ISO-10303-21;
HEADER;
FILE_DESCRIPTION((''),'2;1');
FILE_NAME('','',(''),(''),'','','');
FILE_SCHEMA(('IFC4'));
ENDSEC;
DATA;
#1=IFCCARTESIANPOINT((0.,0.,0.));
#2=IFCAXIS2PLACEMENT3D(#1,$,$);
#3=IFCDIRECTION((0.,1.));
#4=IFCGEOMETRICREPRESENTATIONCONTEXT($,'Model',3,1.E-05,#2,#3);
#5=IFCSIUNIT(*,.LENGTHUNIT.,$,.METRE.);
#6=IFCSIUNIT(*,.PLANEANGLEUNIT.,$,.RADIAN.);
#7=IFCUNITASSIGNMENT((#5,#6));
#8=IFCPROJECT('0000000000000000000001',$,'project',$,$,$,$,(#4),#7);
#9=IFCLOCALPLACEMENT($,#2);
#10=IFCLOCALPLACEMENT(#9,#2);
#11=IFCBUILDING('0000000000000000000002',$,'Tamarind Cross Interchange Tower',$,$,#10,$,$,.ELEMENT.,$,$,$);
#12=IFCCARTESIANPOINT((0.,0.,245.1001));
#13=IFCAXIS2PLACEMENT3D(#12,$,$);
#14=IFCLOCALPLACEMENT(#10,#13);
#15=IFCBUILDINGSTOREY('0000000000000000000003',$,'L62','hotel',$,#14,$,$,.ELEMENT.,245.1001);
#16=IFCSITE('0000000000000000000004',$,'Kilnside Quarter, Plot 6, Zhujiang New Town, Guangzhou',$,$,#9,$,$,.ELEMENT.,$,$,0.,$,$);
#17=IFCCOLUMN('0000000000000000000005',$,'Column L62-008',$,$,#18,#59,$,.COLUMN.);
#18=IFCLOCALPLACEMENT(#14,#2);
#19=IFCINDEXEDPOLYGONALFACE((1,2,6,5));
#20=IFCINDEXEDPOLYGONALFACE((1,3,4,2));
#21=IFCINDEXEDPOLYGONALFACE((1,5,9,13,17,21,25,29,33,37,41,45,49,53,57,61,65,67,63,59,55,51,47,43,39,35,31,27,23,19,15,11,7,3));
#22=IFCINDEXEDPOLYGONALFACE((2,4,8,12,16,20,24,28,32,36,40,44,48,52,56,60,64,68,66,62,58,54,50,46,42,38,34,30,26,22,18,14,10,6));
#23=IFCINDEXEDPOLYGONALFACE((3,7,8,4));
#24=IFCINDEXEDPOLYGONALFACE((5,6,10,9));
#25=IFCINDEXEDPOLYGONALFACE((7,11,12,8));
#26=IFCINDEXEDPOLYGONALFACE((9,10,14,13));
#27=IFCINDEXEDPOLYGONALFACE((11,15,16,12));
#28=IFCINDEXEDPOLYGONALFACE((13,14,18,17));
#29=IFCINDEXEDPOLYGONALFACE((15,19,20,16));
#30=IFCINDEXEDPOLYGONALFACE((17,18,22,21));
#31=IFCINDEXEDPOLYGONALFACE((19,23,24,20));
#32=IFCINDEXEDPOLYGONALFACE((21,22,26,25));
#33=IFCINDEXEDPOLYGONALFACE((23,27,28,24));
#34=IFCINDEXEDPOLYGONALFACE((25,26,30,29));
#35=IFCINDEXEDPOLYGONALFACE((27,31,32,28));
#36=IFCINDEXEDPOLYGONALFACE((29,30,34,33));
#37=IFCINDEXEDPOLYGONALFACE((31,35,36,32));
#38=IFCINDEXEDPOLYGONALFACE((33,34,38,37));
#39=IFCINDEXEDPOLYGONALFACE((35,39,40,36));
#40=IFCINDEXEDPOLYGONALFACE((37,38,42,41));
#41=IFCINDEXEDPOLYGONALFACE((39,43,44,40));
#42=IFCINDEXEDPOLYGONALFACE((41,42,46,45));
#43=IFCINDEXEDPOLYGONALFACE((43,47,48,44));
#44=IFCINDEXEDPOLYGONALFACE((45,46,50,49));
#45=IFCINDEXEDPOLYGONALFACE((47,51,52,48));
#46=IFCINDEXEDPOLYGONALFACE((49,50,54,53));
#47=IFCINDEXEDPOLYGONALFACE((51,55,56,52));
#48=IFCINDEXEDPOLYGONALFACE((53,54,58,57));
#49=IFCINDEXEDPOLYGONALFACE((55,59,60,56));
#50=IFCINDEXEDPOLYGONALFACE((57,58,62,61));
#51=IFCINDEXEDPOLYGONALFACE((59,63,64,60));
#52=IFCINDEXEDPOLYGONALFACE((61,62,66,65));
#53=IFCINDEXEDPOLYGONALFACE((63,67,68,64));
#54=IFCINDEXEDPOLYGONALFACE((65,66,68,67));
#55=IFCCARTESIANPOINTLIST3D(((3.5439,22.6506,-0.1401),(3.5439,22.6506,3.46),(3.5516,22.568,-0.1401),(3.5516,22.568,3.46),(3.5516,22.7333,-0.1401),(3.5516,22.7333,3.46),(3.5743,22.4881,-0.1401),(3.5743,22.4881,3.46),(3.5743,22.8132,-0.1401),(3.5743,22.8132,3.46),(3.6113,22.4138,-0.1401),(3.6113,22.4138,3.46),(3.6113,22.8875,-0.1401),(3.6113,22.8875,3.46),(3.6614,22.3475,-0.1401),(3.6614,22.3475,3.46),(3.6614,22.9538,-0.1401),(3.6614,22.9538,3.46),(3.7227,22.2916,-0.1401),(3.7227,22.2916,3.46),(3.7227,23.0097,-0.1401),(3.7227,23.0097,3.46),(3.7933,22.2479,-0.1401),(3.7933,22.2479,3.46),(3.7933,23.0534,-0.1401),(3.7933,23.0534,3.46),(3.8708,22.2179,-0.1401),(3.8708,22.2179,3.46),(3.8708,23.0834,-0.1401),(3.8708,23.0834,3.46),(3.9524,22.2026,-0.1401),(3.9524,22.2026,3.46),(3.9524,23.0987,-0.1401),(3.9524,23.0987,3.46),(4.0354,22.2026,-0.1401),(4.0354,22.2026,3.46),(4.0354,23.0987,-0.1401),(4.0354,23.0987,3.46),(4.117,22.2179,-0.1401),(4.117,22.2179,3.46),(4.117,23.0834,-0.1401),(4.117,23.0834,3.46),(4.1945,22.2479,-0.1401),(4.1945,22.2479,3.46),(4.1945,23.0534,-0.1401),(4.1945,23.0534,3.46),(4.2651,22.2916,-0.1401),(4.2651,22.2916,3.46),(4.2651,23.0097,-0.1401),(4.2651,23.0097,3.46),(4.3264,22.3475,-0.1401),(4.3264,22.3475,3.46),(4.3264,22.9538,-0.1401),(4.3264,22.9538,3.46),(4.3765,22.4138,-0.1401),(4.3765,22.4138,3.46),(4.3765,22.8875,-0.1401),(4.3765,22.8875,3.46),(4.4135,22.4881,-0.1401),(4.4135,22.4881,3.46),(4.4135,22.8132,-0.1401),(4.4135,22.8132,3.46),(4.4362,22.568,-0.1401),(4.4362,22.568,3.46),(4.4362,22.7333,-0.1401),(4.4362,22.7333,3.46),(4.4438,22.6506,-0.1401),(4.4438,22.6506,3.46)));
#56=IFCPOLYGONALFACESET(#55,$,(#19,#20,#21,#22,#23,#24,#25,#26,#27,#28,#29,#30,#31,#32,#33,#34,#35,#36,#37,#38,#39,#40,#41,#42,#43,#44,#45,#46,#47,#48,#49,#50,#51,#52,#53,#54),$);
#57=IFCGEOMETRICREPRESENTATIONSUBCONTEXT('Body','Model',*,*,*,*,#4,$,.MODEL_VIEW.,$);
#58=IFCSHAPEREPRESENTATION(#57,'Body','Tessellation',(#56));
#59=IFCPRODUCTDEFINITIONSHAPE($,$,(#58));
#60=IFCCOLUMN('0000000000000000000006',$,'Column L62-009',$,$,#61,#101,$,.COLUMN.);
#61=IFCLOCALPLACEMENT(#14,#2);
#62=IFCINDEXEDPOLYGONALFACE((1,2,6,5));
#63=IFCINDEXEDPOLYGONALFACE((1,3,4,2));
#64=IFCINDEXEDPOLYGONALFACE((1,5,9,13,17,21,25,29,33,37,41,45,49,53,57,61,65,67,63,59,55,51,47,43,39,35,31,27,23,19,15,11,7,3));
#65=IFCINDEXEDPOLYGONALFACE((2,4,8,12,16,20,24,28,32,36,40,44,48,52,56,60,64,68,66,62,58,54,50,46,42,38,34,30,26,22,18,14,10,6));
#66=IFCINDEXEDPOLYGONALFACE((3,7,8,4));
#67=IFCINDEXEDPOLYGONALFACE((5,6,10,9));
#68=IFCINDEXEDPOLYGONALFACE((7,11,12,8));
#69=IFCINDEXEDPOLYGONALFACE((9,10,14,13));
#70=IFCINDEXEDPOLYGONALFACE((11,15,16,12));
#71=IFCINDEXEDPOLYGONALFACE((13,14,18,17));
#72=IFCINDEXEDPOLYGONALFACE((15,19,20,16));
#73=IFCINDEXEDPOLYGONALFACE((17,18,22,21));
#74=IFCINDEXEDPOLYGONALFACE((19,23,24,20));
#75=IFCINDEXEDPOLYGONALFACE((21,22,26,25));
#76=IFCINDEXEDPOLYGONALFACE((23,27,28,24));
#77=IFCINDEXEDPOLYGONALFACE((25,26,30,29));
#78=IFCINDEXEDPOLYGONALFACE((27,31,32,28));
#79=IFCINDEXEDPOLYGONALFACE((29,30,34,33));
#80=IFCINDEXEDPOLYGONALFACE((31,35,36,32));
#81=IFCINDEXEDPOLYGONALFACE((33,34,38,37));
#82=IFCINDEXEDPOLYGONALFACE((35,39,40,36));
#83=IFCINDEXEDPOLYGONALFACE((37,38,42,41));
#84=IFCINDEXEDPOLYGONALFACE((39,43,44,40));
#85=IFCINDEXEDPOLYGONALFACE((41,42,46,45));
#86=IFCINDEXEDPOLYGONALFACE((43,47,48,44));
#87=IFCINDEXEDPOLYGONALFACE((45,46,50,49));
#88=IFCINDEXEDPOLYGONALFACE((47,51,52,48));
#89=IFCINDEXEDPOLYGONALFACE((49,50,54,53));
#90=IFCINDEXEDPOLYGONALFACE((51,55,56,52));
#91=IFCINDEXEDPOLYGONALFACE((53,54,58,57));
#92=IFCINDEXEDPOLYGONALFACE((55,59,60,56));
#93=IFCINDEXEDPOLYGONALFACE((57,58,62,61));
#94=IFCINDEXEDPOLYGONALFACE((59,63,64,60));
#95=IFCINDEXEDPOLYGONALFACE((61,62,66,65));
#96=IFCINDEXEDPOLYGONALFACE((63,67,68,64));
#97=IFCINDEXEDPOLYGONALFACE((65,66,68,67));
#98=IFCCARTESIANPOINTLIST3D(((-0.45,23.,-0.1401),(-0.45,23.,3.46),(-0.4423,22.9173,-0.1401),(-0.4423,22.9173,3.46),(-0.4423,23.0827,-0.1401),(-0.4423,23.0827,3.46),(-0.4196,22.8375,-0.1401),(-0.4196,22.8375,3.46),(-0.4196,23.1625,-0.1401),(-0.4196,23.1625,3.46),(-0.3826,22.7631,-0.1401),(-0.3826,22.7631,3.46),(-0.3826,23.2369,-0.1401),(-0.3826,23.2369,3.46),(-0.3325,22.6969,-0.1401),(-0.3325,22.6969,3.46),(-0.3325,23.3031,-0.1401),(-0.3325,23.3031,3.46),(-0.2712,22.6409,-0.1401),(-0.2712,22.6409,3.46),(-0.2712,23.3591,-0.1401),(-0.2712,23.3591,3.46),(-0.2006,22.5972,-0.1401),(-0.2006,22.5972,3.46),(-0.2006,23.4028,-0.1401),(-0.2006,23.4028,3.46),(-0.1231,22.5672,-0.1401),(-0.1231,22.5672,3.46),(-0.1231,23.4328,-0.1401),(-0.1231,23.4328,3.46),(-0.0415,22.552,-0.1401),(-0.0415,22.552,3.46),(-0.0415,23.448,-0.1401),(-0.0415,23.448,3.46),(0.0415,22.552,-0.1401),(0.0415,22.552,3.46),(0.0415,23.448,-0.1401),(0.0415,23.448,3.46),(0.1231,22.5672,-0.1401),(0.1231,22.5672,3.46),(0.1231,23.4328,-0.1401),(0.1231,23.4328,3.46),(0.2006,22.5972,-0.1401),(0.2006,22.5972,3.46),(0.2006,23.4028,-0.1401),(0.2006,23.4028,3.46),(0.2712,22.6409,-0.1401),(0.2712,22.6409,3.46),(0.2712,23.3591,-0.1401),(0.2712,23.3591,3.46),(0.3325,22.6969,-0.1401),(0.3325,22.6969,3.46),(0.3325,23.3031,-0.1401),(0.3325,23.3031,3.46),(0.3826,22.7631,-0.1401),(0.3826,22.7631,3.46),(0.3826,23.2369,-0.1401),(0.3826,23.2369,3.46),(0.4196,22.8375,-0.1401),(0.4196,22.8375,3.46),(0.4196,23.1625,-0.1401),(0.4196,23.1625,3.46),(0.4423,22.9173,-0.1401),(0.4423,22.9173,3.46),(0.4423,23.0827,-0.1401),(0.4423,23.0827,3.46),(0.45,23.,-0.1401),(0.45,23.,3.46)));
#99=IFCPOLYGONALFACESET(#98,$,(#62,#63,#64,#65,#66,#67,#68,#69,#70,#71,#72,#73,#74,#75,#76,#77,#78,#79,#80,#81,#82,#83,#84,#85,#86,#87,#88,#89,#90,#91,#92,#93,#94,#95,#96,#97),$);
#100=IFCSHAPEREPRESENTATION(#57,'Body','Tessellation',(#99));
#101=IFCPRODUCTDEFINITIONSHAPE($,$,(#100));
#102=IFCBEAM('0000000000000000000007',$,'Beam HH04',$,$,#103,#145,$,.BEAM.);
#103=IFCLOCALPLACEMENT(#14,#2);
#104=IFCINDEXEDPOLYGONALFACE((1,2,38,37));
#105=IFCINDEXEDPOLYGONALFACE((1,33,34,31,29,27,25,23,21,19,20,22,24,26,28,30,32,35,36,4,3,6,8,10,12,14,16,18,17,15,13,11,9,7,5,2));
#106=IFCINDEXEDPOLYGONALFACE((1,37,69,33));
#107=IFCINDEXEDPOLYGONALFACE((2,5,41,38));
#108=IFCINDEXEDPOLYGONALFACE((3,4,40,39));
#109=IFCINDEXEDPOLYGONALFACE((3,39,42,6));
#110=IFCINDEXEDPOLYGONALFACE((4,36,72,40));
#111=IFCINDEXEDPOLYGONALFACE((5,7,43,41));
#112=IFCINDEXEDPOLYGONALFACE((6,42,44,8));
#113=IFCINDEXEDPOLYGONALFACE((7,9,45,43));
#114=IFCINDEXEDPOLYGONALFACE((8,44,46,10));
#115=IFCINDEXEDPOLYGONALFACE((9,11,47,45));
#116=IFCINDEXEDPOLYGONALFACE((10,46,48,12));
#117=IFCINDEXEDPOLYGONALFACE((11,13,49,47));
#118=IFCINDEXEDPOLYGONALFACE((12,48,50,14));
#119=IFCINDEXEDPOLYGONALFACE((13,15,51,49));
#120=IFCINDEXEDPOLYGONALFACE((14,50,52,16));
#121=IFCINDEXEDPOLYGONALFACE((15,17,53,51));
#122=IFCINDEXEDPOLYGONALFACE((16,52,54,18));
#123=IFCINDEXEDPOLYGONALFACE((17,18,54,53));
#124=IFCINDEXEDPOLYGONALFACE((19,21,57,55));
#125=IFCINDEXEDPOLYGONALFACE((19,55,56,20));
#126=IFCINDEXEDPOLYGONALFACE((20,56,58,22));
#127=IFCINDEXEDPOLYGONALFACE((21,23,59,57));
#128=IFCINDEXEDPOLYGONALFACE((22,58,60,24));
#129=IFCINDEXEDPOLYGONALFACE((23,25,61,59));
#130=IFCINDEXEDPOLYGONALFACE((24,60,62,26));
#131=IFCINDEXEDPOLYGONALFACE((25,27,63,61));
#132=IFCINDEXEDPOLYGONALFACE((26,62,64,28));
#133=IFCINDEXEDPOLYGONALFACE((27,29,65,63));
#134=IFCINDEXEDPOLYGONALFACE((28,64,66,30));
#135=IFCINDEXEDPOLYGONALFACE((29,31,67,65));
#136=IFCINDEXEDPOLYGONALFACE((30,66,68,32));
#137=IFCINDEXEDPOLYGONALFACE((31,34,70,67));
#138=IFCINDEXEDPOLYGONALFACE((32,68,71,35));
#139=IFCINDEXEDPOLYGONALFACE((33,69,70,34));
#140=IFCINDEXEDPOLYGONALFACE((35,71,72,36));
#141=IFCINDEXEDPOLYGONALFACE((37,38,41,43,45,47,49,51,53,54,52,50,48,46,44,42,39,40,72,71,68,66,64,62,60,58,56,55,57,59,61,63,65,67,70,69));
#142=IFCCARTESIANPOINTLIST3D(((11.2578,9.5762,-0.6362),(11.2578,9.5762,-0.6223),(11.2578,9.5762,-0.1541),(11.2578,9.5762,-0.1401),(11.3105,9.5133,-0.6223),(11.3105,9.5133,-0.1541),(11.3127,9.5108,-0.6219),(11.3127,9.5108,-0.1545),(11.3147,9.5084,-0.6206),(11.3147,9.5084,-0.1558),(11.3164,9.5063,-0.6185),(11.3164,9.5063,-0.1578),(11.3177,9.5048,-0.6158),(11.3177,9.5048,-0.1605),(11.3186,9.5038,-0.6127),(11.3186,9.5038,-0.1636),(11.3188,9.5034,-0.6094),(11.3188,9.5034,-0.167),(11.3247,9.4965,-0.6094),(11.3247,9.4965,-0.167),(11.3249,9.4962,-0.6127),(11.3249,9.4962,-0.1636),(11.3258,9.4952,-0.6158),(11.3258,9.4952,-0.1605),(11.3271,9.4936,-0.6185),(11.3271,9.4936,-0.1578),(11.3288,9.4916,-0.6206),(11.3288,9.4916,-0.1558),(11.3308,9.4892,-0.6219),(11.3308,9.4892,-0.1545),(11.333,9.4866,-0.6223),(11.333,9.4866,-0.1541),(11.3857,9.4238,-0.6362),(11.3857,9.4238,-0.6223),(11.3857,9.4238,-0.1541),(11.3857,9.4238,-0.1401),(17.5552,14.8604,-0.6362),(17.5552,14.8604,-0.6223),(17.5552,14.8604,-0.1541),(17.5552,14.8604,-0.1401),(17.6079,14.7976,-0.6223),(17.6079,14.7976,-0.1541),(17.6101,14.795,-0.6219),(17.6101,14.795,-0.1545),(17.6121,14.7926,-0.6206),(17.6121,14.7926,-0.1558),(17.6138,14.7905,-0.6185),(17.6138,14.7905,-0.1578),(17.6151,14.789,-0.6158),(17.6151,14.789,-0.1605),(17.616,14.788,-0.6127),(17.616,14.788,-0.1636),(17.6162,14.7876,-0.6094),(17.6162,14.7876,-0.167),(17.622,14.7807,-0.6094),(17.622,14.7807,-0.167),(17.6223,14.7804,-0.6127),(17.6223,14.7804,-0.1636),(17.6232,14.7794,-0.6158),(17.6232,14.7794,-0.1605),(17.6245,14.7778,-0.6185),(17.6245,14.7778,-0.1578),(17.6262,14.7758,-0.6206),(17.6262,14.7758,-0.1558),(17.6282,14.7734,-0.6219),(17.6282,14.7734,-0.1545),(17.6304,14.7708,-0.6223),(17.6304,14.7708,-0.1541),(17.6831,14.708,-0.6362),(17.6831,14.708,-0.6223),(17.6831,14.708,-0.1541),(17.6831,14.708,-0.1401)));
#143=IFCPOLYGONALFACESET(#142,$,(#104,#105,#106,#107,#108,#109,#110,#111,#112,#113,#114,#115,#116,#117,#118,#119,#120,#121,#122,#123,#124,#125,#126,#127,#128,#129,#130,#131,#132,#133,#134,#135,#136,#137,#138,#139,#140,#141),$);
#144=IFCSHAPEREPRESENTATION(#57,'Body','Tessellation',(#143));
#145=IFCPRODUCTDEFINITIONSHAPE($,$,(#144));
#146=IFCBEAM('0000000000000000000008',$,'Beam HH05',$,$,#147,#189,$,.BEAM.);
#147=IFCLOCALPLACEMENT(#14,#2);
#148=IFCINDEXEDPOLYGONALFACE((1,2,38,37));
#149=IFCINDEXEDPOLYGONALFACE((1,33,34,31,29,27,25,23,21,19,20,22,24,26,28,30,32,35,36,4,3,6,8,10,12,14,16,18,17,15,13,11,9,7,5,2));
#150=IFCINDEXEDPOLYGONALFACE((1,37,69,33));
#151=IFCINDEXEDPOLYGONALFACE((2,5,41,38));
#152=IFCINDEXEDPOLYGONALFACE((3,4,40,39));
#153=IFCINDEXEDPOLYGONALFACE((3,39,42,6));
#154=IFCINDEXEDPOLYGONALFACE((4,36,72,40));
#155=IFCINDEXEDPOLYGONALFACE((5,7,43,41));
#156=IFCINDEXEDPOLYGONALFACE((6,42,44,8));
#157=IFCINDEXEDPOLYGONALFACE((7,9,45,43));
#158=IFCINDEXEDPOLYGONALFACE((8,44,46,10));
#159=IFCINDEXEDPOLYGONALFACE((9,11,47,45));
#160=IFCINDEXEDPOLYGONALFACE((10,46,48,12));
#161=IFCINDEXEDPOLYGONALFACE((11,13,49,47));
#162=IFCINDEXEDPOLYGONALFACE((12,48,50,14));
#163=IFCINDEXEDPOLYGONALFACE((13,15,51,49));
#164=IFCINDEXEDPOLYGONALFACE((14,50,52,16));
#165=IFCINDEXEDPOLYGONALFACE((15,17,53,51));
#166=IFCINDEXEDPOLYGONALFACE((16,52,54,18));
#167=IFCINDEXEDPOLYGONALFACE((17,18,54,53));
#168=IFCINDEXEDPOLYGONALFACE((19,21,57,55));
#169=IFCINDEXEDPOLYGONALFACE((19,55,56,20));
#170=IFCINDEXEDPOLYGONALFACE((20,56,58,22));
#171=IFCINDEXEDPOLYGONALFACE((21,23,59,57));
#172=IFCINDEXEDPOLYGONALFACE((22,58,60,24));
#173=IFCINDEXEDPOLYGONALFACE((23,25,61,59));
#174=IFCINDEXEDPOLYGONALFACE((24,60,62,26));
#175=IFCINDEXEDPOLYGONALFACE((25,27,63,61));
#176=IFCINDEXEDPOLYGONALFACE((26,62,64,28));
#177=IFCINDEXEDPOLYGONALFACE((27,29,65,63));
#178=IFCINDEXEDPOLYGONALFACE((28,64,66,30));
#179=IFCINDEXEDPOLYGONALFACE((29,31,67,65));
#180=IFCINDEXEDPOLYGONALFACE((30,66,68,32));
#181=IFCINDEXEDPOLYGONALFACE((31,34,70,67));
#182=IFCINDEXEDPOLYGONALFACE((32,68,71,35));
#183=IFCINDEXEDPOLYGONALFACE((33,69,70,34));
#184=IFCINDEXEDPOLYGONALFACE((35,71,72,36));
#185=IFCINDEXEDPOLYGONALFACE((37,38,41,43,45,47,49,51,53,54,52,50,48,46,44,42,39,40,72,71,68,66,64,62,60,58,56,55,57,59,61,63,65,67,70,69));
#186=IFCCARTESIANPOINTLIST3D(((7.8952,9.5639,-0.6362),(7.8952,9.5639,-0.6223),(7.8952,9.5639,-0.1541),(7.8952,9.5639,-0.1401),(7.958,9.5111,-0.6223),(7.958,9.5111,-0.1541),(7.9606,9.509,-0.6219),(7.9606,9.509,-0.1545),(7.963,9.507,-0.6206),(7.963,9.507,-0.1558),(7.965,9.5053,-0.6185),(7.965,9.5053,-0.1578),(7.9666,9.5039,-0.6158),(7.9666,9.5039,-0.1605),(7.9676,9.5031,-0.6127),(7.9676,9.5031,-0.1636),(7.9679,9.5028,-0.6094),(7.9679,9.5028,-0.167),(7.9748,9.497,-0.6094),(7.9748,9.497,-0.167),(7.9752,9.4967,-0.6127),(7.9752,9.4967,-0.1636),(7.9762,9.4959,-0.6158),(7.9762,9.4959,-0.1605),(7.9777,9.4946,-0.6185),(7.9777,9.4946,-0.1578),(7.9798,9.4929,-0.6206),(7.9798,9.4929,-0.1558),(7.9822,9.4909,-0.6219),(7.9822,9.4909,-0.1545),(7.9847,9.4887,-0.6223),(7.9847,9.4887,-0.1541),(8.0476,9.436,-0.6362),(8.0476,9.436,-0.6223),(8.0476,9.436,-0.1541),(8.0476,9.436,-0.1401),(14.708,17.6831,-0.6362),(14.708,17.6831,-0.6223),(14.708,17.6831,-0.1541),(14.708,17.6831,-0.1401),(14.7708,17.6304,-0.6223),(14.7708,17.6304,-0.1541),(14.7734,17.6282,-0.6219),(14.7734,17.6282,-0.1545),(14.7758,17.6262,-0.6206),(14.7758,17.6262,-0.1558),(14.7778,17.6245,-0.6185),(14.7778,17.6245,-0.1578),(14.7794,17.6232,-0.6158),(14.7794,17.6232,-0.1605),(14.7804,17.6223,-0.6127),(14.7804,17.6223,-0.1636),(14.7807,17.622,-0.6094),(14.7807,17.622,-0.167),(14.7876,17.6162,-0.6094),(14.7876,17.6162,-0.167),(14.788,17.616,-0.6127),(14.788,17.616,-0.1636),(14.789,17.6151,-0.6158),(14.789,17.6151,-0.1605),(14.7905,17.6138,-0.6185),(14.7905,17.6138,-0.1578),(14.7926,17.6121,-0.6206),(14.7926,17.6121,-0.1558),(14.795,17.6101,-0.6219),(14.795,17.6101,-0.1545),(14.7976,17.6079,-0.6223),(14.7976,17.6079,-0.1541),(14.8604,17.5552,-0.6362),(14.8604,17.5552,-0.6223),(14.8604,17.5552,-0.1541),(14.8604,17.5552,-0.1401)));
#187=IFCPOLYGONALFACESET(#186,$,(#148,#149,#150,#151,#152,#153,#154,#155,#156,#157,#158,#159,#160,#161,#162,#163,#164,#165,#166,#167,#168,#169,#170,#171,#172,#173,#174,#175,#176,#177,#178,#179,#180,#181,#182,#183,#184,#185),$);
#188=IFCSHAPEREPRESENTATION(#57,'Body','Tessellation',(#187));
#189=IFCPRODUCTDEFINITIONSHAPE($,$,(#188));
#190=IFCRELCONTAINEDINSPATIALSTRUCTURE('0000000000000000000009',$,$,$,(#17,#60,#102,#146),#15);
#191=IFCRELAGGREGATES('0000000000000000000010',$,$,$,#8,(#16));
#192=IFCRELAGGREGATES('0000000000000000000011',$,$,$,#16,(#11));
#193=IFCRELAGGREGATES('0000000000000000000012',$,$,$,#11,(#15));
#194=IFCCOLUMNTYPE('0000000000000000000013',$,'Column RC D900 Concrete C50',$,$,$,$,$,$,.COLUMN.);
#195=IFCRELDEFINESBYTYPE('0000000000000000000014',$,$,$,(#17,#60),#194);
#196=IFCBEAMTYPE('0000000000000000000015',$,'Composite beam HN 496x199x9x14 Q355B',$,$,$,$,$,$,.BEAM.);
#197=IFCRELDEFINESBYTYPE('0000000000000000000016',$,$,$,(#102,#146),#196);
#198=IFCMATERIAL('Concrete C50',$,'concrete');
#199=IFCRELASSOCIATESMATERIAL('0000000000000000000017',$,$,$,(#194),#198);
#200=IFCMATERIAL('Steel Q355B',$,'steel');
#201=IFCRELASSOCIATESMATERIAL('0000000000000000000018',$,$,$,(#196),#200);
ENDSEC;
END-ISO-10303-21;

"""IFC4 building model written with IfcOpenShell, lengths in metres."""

from ifc_helpers import new_model, si_unit, direction, frame, origin, origin_2d, place, context, subcontext, project, spatial, circle, i_section, extrude, material, material_profile, profile_set, type_object, element, save


model = new_model("IFC4")

# Units and contexts
model_context = context("Model", 3, precision=1e-05, world=origin(), true_north=direction((0.0, 1.0)))
body_context = subcontext(model_context, "Body", "Model", "MODEL_VIEW")
ifc_project = project(units=[si_unit("LENGTHUNIT", "METRE"), si_unit("PLANEANGLEUNIT", "RADIAN")], contexts=[model_context])

# Site, building, storey
site_placement = place(None, origin())
site = spatial("IfcSite", under=ifc_project, at=site_placement, Name="Kilnside Quarter, Plot 6, Zhujiang New Town, Guangzhou", CompositionType="ELEMENT", RefElevation=0.0)
building_placement = place(site_placement, origin())
building = spatial("IfcBuilding", under=site, at=building_placement, Name="Tamarind Cross Interchange Tower", CompositionType="ELEMENT")
storey_placement = place(building_placement, frame((0.0, 0.0, 245.1001)))
storey = spatial("IfcBuildingStorey", under=building, at=storey_placement, Name="L62", Description="hotel", CompositionType="ELEMENT", Elevation=245.1001)

# Columns
ifc_material_1 = material(Name="Concrete C50", Category="concrete")
ifc_material_profile_1 = material_profile(ifc_material_1, circle(Radius=0.45, at=origin_2d()), Name="RC D900")
ifc_profile_set_1 = profile_set([ifc_material_profile_1], Name="Concrete C50")
column_type = type_object("IfcColumnType", Name="Column RC D900 Concrete C50", PredefinedType="COLUMN", material=ifc_profile_set_1)
for number, where, z_axis, x_axis, name in (
    (1, (3.9939, 22.6506, -0.1401), (0.0, 0.0, 1.0), (1.0, 0.0, 0.0), "Column L62-008"),
    (2, (0.0, 23.0, -0.1401), (0.0, 0.0, 1.0), (1.0, 0.0, 0.0), "Column L62-009"),
):
    element("IfcColumn", number, at=place(storey_placement, frame(where, z_axis=z_axis, x_axis=x_axis)), inside=storey, type_object=column_type, Name=name, PredefinedType="COLUMN", context=body_context, shape_type="SweptSolid", body=[
        extrude(circle(Radius=0.45, at=origin_2d()), origin(), (0.0, 0.0, 1.0), 3.6001),
    ])

# Beams
ifc_material_2 = material(Name="Steel Q355B", Category="steel")
ifc_material_profile_2 = material_profile(ifc_material_2, i_section(OverallWidth=0.199, OverallDepth=0.4961, WebThickness=0.009, FlangeThickness=0.0139, FilletRadius=0.0129, at=origin_2d()), Name="HN 496x199x9x14")
ifc_profile_set_2 = profile_set([ifc_material_profile_2], Name="Steel Q355B")
beam_type = type_object("IfcBeamType", Name="Composite beam HN 496x199x9x14 Q355B", PredefinedType="BEAM", material=ifc_profile_set_2)
beam_1_placement = place(storey_placement, frame((17.6191, 14.7842, -0.3882), z_axis=(-0.766041, -0.642792, 0.0), x_axis=(0.642792, -0.766041, 0.0)))
element("IfcBeam", 3, at=beam_1_placement, inside=storey, type_object=beam_type, Name="Beam HH04", PredefinedType="BEAM", context=body_context, shape_type="SweptSolid", body=[
    extrude(i_section(OverallWidth=0.199, OverallDepth=0.4961, WebThickness=0.009, FlangeThickness=0.0139, FilletRadius=0.0129, at=origin_2d()), origin(), (0.0, 0.0, 1.0), 8.2207),
])
beam_2_placement = place(storey_placement, frame((14.7842, 17.6191, -0.3882), z_axis=(-0.642786, -0.766046, 0.0), x_axis=(0.766046, -0.642786, 0.0)))
element("IfcBeam", 4, at=beam_2_placement, inside=storey, type_object=beam_type, Name="Beam HH05", PredefinedType="BEAM", context=body_context, shape_type="SweptSolid", body=[
    extrude(i_section(OverallWidth=0.199, OverallDepth=0.4961, WebThickness=0.009, FlangeThickness=0.0139, FilletRadius=0.0129, at=origin_2d()), origin(), (0.0, 0.0, 1.0), 10.5989),
])

save(model, "model.ifc")
